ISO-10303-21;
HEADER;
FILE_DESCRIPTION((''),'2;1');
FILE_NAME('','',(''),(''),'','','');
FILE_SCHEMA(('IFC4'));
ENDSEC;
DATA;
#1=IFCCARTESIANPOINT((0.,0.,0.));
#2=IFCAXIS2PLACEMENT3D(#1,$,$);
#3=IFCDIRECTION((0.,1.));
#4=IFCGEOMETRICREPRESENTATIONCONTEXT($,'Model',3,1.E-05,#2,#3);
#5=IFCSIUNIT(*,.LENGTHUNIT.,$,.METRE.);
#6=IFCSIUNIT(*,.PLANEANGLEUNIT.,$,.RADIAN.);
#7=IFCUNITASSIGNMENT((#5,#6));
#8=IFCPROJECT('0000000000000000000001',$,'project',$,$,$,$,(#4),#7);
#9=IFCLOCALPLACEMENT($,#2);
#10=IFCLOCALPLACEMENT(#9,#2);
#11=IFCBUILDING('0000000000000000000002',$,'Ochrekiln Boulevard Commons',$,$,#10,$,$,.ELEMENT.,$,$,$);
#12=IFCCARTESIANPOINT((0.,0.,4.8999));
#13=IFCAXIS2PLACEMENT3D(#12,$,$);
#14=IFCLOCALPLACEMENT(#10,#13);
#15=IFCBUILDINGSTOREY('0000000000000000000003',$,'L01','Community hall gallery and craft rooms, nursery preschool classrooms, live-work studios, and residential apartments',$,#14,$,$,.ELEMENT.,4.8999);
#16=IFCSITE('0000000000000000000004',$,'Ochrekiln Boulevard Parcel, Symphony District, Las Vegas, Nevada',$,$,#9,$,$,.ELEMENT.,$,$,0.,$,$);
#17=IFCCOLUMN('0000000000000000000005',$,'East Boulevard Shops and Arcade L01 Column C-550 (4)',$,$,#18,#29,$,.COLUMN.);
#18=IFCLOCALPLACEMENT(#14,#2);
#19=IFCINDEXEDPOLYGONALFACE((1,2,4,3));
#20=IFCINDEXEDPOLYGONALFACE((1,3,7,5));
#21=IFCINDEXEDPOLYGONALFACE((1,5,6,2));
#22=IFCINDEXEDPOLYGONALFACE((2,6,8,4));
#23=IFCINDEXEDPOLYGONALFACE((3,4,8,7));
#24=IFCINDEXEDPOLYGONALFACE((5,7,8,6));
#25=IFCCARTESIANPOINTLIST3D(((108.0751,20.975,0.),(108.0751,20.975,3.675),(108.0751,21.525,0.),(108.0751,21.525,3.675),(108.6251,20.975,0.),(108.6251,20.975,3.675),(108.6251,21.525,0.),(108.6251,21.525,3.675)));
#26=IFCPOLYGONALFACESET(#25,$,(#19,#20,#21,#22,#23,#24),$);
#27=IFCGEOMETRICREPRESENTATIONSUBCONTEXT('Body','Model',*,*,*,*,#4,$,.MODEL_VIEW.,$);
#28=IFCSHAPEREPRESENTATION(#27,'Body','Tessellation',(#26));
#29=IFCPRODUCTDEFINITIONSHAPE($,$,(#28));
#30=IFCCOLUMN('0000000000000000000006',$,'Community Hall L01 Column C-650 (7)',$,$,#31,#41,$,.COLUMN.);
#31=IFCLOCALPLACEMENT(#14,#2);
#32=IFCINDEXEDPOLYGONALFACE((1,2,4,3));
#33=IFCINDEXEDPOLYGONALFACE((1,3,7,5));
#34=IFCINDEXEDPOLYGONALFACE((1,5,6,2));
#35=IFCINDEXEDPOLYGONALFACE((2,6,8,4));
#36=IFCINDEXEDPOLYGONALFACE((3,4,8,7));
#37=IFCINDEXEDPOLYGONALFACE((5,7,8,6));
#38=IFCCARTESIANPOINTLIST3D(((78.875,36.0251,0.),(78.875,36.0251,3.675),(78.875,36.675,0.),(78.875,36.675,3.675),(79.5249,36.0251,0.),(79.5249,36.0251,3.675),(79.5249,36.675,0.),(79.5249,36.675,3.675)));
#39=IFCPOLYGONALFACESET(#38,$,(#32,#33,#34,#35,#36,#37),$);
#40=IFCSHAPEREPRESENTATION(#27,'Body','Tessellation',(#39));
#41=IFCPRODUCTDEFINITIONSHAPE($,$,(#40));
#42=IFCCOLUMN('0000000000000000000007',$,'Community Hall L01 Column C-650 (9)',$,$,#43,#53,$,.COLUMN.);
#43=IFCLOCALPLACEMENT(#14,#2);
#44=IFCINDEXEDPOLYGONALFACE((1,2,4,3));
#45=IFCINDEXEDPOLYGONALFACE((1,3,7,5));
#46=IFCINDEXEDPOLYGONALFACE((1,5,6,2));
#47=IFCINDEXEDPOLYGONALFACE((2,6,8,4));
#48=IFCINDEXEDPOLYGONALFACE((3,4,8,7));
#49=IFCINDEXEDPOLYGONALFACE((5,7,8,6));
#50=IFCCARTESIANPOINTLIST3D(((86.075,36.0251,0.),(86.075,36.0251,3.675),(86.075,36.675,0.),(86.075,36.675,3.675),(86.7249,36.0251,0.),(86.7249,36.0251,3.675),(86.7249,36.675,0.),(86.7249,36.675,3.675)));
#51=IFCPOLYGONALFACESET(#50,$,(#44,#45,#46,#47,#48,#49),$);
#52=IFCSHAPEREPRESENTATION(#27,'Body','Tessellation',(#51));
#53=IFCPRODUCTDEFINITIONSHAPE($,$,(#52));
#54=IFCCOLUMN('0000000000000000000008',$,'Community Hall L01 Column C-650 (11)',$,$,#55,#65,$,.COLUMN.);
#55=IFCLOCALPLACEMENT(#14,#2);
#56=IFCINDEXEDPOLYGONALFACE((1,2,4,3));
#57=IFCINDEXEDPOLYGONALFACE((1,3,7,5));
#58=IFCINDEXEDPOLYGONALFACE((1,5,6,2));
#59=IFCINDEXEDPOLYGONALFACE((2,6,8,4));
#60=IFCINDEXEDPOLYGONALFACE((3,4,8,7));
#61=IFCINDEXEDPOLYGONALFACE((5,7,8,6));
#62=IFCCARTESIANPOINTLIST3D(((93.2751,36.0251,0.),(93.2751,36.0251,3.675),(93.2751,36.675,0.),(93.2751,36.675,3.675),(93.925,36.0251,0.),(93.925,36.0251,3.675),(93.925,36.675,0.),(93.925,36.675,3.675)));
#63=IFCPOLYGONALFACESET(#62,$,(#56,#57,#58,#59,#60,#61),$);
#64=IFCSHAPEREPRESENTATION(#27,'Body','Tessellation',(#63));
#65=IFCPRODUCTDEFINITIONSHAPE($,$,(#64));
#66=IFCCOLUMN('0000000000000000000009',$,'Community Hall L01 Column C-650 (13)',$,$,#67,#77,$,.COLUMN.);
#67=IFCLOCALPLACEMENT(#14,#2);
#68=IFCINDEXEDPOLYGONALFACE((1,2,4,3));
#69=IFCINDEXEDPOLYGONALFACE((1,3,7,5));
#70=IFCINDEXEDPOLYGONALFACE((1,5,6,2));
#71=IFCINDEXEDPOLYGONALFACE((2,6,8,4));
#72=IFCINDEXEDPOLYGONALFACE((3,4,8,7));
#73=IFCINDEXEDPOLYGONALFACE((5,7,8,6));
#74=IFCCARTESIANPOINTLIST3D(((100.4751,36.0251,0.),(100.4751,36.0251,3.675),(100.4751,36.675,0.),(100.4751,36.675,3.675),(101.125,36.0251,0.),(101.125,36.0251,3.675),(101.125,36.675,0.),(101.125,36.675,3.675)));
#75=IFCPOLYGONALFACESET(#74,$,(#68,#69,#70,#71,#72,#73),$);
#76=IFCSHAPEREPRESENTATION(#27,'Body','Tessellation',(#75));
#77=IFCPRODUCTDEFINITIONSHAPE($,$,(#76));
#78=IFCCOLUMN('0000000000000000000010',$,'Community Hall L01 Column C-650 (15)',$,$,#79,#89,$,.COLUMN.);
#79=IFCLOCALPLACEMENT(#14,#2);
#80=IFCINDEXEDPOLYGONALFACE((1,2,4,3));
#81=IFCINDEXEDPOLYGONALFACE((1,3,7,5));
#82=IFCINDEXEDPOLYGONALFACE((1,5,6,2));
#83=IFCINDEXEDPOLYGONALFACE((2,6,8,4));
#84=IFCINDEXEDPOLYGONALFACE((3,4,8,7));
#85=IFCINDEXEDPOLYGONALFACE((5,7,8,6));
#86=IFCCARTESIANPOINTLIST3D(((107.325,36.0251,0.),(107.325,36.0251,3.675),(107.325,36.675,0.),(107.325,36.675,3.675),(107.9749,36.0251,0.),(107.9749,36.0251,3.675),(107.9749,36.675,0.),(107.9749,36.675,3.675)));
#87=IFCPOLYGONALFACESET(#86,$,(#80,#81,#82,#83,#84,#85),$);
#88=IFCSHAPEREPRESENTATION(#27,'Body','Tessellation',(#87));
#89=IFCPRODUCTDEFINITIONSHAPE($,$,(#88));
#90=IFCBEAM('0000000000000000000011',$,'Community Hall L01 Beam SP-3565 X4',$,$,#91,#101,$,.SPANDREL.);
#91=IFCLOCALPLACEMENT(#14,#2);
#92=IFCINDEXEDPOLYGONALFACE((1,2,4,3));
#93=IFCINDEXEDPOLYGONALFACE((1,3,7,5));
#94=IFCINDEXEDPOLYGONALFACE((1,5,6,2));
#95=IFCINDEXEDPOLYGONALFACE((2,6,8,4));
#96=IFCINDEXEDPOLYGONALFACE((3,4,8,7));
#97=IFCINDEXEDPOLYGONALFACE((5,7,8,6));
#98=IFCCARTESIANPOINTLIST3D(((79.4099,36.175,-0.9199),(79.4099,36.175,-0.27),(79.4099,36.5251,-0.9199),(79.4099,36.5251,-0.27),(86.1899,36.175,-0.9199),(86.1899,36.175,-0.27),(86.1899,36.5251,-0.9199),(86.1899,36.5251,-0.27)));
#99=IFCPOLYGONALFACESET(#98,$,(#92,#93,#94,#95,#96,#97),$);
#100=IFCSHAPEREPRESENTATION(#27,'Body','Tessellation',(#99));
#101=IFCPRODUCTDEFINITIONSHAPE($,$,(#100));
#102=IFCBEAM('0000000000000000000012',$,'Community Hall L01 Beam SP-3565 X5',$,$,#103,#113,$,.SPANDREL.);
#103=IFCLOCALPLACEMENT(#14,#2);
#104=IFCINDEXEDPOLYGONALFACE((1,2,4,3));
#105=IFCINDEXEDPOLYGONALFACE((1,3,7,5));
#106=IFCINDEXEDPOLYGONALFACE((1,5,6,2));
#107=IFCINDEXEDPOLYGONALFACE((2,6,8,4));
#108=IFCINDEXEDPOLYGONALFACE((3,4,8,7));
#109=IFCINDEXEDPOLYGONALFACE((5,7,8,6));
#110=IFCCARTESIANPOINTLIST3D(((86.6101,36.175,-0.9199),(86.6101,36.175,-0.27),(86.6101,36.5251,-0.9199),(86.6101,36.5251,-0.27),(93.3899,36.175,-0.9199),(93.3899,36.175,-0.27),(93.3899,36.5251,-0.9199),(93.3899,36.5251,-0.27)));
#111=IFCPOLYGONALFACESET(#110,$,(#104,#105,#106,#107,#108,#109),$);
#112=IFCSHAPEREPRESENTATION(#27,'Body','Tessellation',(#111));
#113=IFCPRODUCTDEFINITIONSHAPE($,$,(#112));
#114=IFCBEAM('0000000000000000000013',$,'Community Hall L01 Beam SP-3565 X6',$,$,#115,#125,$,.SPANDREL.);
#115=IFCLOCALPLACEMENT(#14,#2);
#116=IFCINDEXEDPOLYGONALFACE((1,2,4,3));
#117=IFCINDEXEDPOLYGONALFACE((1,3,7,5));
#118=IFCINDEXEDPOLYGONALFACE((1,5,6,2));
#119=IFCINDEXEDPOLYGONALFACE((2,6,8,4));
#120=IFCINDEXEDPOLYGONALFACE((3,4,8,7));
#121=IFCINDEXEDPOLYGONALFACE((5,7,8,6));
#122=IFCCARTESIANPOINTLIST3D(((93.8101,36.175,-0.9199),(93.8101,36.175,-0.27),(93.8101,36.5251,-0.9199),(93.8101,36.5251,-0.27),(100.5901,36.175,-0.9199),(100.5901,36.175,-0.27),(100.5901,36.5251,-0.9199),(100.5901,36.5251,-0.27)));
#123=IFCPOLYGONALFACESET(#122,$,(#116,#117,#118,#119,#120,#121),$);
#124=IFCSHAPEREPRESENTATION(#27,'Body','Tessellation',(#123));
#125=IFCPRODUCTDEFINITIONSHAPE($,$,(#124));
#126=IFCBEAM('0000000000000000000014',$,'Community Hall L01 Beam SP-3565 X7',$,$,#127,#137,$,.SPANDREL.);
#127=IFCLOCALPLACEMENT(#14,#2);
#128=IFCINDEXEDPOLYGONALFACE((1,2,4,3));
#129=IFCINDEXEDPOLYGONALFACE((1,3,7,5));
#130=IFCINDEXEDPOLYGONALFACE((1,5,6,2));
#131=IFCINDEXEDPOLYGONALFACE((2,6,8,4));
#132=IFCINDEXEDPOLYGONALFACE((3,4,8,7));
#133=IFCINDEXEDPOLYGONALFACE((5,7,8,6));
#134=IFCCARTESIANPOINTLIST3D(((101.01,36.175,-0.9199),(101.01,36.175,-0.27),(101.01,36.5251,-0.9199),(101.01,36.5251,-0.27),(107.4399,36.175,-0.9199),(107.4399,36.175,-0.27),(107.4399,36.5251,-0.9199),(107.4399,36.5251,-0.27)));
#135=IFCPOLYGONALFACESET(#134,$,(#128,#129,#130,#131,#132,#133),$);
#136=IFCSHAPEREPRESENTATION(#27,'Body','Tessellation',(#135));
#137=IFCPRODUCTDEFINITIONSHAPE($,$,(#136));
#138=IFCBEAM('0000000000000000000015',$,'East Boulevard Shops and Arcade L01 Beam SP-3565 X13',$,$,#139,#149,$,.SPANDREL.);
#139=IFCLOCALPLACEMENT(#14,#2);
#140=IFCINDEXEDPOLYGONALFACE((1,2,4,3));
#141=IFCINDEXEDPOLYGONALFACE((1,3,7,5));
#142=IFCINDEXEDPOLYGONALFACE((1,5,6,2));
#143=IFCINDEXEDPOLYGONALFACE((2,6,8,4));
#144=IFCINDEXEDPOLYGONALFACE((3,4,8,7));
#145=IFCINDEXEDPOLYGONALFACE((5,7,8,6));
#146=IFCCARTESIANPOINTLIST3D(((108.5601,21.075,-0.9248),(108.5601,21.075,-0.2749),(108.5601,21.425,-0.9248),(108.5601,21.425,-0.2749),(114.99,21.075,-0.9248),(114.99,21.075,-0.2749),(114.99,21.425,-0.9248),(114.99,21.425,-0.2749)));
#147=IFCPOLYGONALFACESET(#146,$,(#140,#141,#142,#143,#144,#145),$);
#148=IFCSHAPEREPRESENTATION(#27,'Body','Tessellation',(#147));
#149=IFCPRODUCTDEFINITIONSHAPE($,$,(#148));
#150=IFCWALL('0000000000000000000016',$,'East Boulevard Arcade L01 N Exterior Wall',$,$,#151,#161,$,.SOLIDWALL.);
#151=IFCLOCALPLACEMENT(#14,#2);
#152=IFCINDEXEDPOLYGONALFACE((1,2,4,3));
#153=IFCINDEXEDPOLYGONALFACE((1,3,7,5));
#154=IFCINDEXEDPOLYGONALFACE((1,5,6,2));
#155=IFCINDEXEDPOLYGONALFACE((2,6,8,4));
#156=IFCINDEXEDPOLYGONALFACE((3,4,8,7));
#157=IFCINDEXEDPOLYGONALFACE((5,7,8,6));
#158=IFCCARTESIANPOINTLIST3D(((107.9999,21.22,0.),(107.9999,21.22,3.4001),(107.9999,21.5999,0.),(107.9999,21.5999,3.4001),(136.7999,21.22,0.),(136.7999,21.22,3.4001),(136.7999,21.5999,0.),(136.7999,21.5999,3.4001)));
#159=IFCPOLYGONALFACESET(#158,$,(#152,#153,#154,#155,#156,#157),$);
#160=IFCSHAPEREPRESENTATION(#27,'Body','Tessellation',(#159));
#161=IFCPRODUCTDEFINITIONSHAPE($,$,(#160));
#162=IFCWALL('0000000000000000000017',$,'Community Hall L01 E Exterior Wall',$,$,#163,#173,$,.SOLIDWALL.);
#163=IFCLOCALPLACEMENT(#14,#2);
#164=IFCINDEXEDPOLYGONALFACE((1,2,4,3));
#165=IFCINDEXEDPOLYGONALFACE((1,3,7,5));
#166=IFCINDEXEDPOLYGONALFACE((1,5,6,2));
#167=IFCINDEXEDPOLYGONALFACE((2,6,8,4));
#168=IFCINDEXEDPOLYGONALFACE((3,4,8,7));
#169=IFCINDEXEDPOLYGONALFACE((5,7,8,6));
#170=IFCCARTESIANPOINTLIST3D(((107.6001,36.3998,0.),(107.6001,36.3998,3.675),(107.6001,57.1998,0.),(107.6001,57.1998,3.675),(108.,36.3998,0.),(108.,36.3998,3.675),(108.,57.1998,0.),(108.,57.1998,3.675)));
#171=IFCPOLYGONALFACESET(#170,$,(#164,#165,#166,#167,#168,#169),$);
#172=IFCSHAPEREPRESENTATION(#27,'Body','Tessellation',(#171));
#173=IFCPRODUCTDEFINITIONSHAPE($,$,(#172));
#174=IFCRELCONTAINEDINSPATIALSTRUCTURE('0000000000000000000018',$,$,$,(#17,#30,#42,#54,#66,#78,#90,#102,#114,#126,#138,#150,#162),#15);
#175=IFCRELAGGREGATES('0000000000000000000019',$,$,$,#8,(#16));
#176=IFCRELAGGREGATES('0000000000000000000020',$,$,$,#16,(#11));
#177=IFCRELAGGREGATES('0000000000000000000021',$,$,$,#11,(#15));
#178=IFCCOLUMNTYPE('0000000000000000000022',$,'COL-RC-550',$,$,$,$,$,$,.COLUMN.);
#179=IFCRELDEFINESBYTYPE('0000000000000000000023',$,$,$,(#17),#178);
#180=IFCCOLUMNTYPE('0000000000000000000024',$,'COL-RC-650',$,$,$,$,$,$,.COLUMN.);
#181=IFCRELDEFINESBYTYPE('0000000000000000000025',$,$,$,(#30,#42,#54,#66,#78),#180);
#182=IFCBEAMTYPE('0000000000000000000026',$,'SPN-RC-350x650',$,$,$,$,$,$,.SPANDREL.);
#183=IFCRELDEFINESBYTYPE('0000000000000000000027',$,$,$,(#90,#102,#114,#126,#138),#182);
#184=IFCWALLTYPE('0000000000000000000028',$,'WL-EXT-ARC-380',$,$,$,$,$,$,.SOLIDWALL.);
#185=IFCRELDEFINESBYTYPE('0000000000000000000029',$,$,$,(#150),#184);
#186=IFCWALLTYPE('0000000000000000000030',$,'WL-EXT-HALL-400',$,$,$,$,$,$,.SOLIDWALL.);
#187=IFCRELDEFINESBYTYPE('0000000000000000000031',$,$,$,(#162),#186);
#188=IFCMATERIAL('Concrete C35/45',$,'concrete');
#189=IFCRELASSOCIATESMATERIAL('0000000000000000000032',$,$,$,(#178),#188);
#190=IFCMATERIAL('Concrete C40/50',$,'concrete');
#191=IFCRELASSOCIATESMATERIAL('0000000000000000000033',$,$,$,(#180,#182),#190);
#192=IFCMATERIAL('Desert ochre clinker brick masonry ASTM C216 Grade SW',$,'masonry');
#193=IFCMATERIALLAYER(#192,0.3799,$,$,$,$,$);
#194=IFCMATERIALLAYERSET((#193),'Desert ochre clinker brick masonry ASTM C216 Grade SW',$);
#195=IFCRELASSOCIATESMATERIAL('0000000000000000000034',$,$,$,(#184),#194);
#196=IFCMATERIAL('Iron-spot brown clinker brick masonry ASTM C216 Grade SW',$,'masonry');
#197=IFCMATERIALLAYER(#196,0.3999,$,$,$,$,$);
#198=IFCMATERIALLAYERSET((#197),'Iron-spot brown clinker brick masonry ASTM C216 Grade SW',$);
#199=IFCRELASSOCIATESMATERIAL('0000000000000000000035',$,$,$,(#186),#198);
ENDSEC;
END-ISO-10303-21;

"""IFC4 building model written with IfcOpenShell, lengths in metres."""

from ifc_helpers import new_model, si_unit, direction, frame, frame_2d, origin, origin_2d, place, context, subcontext, project, spatial, rectangle, extrude, material, layer, layer_set, material_profile, profile_set, type_object, element, save


model = new_model("IFC4")

# Units and contexts
model_context = context("Model", 3, precision=1e-05, world=origin(), true_north=direction((0.0, 1.0)))
body_context = subcontext(model_context, "Body", "Model", "MODEL_VIEW")
ifc_project = project(units=[si_unit("LENGTHUNIT", "METRE"), si_unit("PLANEANGLEUNIT", "RADIAN")], contexts=[model_context])

# Site, building, storey
site_placement = place(None, origin())
site = spatial("IfcSite", under=ifc_project, at=site_placement, Name="Ochrekiln Boulevard Parcel, Symphony District, Las Vegas, Nevada", CompositionType="ELEMENT", RefElevation=0.0)
building_placement = place(site_placement, origin())
building = spatial("IfcBuilding", under=site, at=building_placement, Name="Ochrekiln Boulevard Commons", CompositionType="ELEMENT")
storey_placement = place(building_placement, frame((0.0, 0.0, 4.8999)))
storey = spatial("IfcBuildingStorey", under=building, at=storey_placement, Name="L01", Description="Community hall gallery and craft rooms, nursery preschool classrooms, live-work studios, and residential apartments", CompositionType="ELEMENT", Elevation=4.8999)

# Columns
ifc_material_1 = material(Name="Concrete C35/45", Category="concrete")
ifc_material_profile_1 = material_profile(ifc_material_1, rectangle(XDim=0.55, YDim=0.55, at=origin_2d()), Name="RC-COL-550x550")
ifc_profile_set_1 = profile_set([ifc_material_profile_1], Name="Concrete C35/45")
column_type_1 = type_object("IfcColumnType", Name="COL-RC-550", PredefinedType="COLUMN", material=ifc_profile_set_1)
column_placement = place(storey_placement, frame((108.3501, 21.25, 0.0), z_axis=(0.0, 0.0, 1.0), x_axis=(1.0, 0.0, 0.0)))
element("IfcColumn", 1, at=column_placement, inside=storey, type_object=column_type_1, Name="East Boulevard Shops and Arcade L01 Column C-550 (4)", PredefinedType="COLUMN", context=body_context, shape_type="SweptSolid", body=[
    extrude(rectangle(XDim=0.55, YDim=0.55, at=origin_2d()), origin(), (0.0, 0.0, 1.0), 3.675),
])
ifc_material_2 = material(Name="Concrete C40/50", Category="concrete")
ifc_material_profile_2 = material_profile(ifc_material_2, rectangle(XDim=0.6499, YDim=0.6499, at=origin_2d()), Name="RC-COL-650x650")
ifc_profile_set_2 = profile_set([ifc_material_profile_2], Name="Concrete C40/50")
column_type_2 = type_object("IfcColumnType", Name="COL-RC-650", PredefinedType="COLUMN", material=ifc_profile_set_2)
for number, where, z_axis, x_axis, name in (
    (2, (79.2, 36.3501, 0.0), (0.0, 0.0, 1.0), (1.0, 0.0, 0.0), "Community Hall L01 Column C-650 (7)"),
    (3, (86.3999, 36.3501, 0.0), (0.0, 0.0, 1.0), (1.0, 0.0, 0.0), "Community Hall L01 Column C-650 (9)"),
    (4, (93.6001, 36.3501, 0.0), (0.0, 0.0, 1.0), (1.0, 0.0, 0.0), "Community Hall L01 Column C-650 (11)"),
    (5, (100.8, 36.3501, 0.0), (0.0, 0.0, 1.0), (1.0, 0.0, 0.0), "Community Hall L01 Column C-650 (13)"),
    (6, (107.6499, 36.3501, 0.0), (0.0, 0.0, 1.0), (1.0, 0.0, 0.0), "Community Hall L01 Column C-650 (15)"),
):
    element("IfcColumn", number, at=place(storey_placement, frame(where, z_axis=z_axis, x_axis=x_axis)), inside=storey, type_object=column_type_2, Name=name, PredefinedType="COLUMN", context=body_context, shape_type="SweptSolid", body=[
        extrude(rectangle(XDim=0.6499, YDim=0.6499, at=origin_2d()), origin(), (0.0, 0.0, 1.0), 3.675),
    ])

# Beams
ifc_material_profile_3 = material_profile(ifc_material_2, rectangle(XDim=0.3501, YDim=0.6499, at=origin_2d()), Name="RC-SPN-350x650")
ifc_profile_set_3 = profile_set([ifc_material_profile_3], Name="Concrete C40/50")
beam_type = type_object("IfcBeamType", Name="SPN-RC-350x650", PredefinedType="SPANDREL", material=ifc_profile_set_3)
beam_1_placement = place(storey_placement, frame((79.4099, 36.3501, -0.595), z_axis=(1.0, 0.0, 0.0), x_axis=(0.0, 1.0, 0.0)))
element("IfcBeam", 7, at=beam_1_placement, inside=storey, type_object=beam_type, Name="Community Hall L01 Beam SP-3565 X4", PredefinedType="SPANDREL", context=body_context, shape_type="SweptSolid", body=[
    extrude(rectangle(XDim=0.3501, YDim=0.6499, at=origin_2d()), origin(), (0.0, 0.0, 1.0), 6.78),
])
beam_2_placement = place(storey_placement, frame((86.6101, 36.3501, -0.595), z_axis=(1.0, 0.0, 0.0), x_axis=(0.0, 1.0, 0.0)))
element("IfcBeam", 8, at=beam_2_placement, inside=storey, type_object=beam_type, Name="Community Hall L01 Beam SP-3565 X5", PredefinedType="SPANDREL", context=body_context, shape_type="SweptSolid", body=[
    extrude(rectangle(XDim=0.3501, YDim=0.6499, at=origin_2d()), origin(), (0.0, 0.0, 1.0), 6.7798),
])
beam_3_placement = place(storey_placement, frame((93.8101, 36.3501, -0.595), z_axis=(1.0, 0.0, 0.0), x_axis=(0.0, 1.0, 0.0)))
element("IfcBeam", 9, at=beam_3_placement, inside=storey, type_object=beam_type, Name="Community Hall L01 Beam SP-3565 X6", PredefinedType="SPANDREL", context=body_context, shape_type="SweptSolid", body=[
    extrude(rectangle(XDim=0.3501, YDim=0.6499, at=origin_2d()), origin(), (0.0, 0.0, 1.0), 6.78),
])
for number, where, z_axis, x_axis, name in (
    (10, (101.01, 36.3501, -0.595), (1.0, 0.0, 0.0), (0.0, 1.0, 0.0), "Community Hall L01 Beam SP-3565 X7"),
    (11, (108.5601, 21.25, -0.5999), (1.0, 0.0, 0.0), (0.0, 1.0, 0.0), "East Boulevard Shops and Arcade L01 Beam SP-3565 X13"),
):
    element("IfcBeam", number, at=place(storey_placement, frame(where, z_axis=z_axis, x_axis=x_axis)), inside=storey, type_object=beam_type, Name=name, PredefinedType="SPANDREL", context=body_context, shape_type="SweptSolid", body=[
        extrude(rectangle(XDim=0.3501, YDim=0.6499, at=origin_2d()), origin(), (0.0, 0.0, 1.0), 6.4299),
    ])

# Walls
ifc_material_3 = material(Name="Desert ochre clinker brick masonry ASTM C216 Grade SW", Category="masonry")
ifc_layer_1 = layer(ifc_material_3, 0.3799)
ifc_layer_set_1 = layer_set([ifc_layer_1], Name="Desert ochre clinker brick masonry ASTM C216 Grade SW")
wall_type_1 = type_object("IfcWallType", Name="WL-EXT-ARC-380", PredefinedType="SOLIDWALL", material=ifc_layer_set_1)
wall_1_placement = place(storey_placement, frame((108.0, 21.4099, 0.0), z_axis=(0.0, 0.0, 1.0), x_axis=(1.0, 0.0, 0.0)))
element("IfcWall", 12, at=wall_1_placement, inside=storey, type_object=wall_type_1, Name="East Boulevard Arcade L01 N Exterior Wall", PredefinedType="SOLIDWALL", context=body_context, shape_type="SweptSolid", body=[
    extrude(rectangle(XDim=28.8, YDim=0.3799, at=frame_2d((14.3999, 0.0))), origin(), (0.0, 0.0, 1.0), 3.4001),
])
ifc_material_4 = material(Name="Iron-spot brown clinker brick masonry ASTM C216 Grade SW", Category="masonry")
ifc_layer_2 = layer(ifc_material_4, 0.3999)
ifc_layer_set_2 = layer_set([ifc_layer_2], Name="Iron-spot brown clinker brick masonry ASTM C216 Grade SW")
wall_type_2 = type_object("IfcWallType", Name="WL-EXT-HALL-400", PredefinedType="SOLIDWALL", material=ifc_layer_set_2)
wall_2_placement = place(storey_placement, frame((107.8, 36.3999, 0.0), z_axis=(0.0, 0.0, 1.0), x_axis=(0.0, 1.0, 0.0)))
element("IfcWall", 13, at=wall_2_placement, inside=storey, type_object=wall_type_2, Name="Community Hall L01 E Exterior Wall", PredefinedType="SOLIDWALL", context=body_context, shape_type="SweptSolid", body=[
    extrude(rectangle(XDim=20.8, YDim=0.3999, at=frame_2d((10.3999, 0.0))), origin(), (0.0, 0.0, 1.0), 3.675),
])

save(model, "model.ifc")
